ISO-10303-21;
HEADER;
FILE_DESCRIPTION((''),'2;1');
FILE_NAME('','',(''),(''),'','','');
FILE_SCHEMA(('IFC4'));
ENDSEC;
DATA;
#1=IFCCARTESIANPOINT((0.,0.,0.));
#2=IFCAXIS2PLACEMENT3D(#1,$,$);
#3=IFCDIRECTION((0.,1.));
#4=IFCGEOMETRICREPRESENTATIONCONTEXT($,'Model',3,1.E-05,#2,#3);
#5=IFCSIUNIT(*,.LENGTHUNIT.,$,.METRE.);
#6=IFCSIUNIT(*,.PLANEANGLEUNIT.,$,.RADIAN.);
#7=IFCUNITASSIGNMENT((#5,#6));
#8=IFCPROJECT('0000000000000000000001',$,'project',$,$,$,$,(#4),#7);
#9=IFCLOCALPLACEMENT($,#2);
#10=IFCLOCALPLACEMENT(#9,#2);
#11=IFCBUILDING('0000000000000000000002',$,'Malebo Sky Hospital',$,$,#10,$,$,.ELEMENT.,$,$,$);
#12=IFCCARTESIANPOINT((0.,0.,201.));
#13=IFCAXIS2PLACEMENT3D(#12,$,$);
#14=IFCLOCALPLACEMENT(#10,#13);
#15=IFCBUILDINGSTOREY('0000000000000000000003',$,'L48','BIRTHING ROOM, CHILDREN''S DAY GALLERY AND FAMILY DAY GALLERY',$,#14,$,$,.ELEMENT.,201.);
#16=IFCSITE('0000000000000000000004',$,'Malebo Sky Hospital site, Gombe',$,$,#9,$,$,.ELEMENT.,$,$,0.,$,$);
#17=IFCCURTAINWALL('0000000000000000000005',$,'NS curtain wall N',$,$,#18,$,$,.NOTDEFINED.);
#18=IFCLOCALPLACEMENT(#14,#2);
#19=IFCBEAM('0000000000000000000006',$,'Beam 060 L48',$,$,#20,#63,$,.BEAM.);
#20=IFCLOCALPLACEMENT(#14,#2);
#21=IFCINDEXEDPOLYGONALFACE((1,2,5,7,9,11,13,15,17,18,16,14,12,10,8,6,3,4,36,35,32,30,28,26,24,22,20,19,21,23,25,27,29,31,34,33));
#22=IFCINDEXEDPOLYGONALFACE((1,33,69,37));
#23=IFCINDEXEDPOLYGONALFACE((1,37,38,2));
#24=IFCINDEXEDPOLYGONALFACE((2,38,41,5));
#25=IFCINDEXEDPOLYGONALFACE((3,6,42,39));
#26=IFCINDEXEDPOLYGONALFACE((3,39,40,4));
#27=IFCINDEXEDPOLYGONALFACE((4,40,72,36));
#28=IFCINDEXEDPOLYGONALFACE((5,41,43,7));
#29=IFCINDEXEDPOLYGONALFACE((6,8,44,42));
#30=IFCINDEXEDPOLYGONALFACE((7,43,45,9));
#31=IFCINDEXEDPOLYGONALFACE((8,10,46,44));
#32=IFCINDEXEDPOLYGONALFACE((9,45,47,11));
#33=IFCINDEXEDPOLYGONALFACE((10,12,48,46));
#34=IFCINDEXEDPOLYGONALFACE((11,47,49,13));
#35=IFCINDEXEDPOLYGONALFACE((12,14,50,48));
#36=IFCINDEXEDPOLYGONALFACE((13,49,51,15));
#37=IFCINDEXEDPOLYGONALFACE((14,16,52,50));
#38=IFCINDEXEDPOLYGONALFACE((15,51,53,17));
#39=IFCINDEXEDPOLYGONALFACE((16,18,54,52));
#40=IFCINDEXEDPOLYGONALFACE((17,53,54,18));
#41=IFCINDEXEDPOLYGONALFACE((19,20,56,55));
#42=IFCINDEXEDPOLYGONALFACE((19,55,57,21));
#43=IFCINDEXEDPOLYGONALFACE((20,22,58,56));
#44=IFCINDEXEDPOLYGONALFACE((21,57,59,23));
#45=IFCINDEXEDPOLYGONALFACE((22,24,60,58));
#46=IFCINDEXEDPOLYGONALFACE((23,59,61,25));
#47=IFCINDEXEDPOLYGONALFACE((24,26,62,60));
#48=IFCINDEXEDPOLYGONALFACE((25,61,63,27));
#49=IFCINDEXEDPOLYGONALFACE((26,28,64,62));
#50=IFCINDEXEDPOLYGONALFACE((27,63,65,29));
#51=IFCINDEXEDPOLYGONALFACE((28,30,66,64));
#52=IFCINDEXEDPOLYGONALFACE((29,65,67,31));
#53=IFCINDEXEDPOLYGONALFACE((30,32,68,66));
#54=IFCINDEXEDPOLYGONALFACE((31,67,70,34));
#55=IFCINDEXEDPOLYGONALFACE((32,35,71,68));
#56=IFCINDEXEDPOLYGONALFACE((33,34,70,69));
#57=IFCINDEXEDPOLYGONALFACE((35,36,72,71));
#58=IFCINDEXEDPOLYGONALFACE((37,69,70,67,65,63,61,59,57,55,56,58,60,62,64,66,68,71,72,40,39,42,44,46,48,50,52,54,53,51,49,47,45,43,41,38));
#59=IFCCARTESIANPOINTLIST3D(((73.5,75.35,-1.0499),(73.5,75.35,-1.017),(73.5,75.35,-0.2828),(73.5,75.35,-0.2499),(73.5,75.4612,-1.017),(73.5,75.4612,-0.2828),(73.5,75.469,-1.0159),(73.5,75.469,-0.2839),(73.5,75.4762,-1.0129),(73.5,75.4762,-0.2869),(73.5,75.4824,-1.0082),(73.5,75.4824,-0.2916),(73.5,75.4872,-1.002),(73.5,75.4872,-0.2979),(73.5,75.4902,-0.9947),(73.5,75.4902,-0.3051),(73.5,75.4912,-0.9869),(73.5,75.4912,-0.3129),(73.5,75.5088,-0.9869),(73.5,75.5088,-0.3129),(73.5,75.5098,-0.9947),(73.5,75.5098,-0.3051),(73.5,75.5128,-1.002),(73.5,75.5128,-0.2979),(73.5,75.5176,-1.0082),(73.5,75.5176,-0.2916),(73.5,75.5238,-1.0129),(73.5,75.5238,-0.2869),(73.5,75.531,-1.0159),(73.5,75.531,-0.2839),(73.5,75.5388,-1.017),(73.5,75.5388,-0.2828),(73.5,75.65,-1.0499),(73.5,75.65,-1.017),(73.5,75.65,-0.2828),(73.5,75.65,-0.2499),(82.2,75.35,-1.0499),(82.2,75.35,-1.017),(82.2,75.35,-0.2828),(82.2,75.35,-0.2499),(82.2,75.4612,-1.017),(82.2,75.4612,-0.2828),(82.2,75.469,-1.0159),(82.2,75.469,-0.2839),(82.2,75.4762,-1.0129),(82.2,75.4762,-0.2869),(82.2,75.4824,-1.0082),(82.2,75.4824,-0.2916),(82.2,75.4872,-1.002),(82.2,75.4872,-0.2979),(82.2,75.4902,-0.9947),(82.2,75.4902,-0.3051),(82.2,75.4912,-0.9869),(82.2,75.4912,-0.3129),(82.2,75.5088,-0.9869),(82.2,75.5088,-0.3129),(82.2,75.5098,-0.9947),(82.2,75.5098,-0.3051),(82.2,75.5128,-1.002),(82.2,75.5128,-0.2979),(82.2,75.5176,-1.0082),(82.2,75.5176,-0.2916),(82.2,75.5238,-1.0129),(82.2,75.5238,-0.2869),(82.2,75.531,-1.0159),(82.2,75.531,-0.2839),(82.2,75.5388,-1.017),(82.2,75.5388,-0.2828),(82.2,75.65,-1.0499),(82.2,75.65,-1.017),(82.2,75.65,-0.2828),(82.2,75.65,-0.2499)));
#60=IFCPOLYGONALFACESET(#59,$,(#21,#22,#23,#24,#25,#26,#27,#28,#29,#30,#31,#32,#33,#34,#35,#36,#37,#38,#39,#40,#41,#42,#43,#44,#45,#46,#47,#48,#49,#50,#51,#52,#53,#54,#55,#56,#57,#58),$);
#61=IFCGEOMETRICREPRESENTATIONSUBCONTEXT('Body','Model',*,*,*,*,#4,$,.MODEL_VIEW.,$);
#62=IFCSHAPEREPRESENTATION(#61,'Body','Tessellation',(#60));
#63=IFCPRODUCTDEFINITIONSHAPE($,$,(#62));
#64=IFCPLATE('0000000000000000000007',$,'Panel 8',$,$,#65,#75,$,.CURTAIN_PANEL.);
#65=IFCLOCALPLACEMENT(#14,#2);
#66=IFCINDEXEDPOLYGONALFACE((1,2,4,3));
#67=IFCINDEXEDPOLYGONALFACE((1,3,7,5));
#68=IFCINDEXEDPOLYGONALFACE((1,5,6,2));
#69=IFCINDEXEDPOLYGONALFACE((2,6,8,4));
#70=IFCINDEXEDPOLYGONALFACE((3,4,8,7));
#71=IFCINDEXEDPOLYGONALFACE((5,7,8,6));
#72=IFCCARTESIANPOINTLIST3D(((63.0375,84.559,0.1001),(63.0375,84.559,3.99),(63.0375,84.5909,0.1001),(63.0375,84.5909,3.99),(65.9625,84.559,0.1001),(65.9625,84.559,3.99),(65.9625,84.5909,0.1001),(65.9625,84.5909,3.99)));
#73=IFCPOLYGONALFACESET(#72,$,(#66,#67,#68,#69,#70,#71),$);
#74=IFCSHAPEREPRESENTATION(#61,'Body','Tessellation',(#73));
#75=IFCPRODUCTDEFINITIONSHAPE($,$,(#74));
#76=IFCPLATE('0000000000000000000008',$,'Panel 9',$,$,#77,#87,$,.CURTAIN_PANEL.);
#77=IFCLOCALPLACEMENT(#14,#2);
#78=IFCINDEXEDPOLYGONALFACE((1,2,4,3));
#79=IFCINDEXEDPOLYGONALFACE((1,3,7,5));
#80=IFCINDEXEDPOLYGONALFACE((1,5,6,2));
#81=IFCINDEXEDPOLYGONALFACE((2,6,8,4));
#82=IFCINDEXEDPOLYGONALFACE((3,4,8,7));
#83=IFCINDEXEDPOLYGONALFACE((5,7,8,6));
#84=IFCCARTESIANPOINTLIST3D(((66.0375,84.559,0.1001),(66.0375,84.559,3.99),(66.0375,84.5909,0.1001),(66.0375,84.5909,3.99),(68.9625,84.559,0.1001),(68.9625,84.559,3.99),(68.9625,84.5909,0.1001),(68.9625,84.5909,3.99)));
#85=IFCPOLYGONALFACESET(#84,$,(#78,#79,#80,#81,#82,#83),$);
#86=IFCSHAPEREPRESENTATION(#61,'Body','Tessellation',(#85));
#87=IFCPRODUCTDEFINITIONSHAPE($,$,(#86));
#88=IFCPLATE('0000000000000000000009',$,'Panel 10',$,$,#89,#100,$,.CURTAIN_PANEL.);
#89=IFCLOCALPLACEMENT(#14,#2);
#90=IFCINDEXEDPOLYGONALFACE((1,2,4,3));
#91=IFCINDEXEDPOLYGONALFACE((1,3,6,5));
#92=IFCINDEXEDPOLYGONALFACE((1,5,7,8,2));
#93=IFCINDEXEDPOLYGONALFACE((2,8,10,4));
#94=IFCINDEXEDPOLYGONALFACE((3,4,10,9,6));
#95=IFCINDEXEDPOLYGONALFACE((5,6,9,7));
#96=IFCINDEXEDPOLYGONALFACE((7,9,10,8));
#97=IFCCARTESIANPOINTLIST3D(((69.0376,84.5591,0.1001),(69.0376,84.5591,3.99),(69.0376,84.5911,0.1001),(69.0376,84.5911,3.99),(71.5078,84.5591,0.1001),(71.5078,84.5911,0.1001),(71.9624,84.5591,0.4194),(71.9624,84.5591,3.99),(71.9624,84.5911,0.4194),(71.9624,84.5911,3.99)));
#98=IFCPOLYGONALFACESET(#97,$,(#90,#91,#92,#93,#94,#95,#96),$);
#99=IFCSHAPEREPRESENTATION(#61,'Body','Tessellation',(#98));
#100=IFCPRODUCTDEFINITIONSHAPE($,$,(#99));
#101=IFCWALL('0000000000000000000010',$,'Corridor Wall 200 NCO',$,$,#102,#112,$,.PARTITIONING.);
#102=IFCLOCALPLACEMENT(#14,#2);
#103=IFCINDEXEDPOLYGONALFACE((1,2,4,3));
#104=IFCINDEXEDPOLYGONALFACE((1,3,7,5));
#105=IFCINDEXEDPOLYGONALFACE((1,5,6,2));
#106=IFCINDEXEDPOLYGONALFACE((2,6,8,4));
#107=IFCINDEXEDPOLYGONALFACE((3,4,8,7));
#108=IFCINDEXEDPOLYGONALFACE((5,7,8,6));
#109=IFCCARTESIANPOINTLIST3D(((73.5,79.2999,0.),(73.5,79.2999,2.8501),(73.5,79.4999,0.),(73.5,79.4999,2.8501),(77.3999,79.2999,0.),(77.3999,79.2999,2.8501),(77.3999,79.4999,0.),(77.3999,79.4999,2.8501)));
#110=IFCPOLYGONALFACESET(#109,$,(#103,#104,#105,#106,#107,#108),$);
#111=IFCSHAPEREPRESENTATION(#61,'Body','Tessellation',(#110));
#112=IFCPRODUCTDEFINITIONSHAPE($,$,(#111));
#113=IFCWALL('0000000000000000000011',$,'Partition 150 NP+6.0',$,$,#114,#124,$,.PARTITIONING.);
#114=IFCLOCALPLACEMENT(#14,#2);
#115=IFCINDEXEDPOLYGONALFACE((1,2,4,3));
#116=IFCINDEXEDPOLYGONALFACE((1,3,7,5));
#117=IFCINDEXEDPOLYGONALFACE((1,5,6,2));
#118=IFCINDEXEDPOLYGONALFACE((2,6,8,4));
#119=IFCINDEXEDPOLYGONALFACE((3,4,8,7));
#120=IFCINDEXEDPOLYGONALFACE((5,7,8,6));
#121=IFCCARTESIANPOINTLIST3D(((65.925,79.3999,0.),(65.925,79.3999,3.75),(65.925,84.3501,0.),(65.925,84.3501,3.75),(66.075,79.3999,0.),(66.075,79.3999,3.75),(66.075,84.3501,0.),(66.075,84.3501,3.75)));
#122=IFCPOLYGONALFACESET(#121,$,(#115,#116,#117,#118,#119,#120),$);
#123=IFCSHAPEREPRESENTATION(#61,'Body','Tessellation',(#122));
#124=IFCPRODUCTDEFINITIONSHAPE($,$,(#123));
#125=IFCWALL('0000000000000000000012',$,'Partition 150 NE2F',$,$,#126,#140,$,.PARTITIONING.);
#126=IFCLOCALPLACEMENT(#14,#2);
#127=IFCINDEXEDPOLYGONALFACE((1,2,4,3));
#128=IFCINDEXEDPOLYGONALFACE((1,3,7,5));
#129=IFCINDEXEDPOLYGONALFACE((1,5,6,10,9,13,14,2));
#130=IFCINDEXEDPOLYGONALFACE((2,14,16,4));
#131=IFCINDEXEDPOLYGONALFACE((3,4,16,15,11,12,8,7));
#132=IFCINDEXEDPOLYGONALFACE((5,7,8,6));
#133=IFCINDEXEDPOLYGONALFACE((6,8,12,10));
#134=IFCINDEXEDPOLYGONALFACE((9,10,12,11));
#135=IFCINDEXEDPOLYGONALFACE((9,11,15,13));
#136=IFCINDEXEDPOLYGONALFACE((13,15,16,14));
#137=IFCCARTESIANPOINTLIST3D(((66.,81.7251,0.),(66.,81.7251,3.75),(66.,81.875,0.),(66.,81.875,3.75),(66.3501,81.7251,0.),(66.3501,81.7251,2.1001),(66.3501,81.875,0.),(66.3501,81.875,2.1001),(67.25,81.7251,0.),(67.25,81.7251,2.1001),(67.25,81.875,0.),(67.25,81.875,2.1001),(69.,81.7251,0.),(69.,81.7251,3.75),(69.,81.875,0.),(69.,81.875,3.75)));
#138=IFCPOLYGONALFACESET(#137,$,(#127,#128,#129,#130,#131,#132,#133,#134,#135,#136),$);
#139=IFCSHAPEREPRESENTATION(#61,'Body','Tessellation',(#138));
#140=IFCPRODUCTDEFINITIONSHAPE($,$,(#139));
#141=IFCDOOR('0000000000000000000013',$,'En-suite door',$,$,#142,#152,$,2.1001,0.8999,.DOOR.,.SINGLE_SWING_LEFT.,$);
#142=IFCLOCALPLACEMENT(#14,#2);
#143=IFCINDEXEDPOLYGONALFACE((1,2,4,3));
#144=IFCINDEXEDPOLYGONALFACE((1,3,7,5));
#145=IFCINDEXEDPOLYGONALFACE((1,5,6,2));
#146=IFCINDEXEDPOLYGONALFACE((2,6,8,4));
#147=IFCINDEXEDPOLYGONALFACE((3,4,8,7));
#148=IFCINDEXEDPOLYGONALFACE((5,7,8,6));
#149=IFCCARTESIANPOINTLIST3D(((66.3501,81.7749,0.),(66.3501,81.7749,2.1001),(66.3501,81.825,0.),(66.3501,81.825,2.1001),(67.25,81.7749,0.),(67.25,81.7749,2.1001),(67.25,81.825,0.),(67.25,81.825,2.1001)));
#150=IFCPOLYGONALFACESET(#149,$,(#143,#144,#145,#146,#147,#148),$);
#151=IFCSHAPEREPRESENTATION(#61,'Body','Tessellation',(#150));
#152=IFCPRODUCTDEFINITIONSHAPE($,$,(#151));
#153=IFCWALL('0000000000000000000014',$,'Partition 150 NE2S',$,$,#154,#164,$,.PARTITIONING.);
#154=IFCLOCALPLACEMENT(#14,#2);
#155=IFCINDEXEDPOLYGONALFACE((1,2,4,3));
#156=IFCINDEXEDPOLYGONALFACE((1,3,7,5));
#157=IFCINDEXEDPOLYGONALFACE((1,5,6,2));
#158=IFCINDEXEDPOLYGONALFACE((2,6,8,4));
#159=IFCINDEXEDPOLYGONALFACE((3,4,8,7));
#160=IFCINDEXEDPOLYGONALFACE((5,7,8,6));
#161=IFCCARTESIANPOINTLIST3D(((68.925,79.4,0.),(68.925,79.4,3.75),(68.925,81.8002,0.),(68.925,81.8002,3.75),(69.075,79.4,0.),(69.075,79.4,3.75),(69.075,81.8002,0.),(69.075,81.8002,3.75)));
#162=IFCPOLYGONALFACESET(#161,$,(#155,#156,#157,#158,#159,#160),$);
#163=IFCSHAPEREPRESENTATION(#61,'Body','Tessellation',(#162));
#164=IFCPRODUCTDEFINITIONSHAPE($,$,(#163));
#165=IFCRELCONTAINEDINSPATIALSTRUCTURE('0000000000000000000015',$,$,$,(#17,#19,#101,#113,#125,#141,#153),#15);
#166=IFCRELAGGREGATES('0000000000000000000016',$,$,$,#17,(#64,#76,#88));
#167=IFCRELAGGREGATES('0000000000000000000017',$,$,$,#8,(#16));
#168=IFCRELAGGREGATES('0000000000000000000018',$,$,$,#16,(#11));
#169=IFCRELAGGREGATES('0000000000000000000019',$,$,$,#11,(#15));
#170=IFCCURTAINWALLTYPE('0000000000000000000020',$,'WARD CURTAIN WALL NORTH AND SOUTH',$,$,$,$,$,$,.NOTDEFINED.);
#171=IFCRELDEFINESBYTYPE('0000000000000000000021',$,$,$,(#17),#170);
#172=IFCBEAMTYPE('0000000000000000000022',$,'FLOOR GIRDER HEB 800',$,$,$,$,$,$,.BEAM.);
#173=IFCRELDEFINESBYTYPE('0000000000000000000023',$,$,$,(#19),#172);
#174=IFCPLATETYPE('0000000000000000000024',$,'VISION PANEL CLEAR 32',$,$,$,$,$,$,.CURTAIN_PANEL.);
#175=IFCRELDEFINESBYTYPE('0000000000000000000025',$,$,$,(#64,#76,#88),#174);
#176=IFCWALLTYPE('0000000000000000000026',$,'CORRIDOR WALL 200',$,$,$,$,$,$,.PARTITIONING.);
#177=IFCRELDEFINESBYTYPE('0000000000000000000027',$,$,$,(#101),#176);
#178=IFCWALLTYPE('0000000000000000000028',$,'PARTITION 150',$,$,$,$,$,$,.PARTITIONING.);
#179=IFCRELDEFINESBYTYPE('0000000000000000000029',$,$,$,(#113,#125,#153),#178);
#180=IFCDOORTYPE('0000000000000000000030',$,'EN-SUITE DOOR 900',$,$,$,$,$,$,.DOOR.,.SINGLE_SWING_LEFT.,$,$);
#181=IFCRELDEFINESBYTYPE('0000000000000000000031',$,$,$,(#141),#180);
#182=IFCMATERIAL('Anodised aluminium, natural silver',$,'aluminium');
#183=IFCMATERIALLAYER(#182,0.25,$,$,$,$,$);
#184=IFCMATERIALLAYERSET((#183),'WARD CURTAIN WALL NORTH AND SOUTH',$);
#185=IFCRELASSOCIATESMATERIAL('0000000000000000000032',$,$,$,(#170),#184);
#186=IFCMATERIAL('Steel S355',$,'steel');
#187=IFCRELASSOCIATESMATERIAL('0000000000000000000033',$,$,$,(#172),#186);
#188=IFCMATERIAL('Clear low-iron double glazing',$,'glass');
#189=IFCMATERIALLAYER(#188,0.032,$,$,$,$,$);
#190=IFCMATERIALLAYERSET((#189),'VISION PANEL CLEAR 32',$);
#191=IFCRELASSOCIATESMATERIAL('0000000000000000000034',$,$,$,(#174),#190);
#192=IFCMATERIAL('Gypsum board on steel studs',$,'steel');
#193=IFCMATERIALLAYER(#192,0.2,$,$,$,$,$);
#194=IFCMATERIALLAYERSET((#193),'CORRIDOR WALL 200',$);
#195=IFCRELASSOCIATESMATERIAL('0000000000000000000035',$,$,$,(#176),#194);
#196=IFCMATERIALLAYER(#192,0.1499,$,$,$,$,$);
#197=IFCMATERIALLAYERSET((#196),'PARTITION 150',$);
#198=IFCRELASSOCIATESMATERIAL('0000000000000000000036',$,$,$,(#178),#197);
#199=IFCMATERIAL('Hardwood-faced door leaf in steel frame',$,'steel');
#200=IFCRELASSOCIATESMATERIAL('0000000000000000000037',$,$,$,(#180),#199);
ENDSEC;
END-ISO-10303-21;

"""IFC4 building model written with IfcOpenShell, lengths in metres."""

from ifc_helpers import new_model, si_unit, direction, frame, frame_2d, origin, origin_2d, place, context, subcontext, project, spatial, polyline, rectangle, i_section, outline, extrude, material, layer, layer_set, material_profile, profile_set, type_object, element, fill, aggregate, save


model = new_model("IFC4")

# Units and contexts
model_context = context("Model", 3, precision=1e-05, world=origin(), true_north=direction((0.0, 1.0)))
body_context = subcontext(model_context, "Body", "Model", "MODEL_VIEW")
ifc_project = project(units=[si_unit("LENGTHUNIT", "METRE"), si_unit("PLANEANGLEUNIT", "RADIAN")], contexts=[model_context])

# Site, building, storey
site_placement = place(None, origin())
site = spatial("IfcSite", under=ifc_project, at=site_placement, Name="Malebo Sky Hospital site, Gombe", CompositionType="ELEMENT", RefElevation=0.0)
building_placement = place(site_placement, origin())
building = spatial("IfcBuilding", under=site, at=building_placement, Name="Malebo Sky Hospital", CompositionType="ELEMENT")
storey_placement = place(building_placement, frame((0.0, 0.0, 201.0)))
storey = spatial("IfcBuildingStorey", under=building, at=storey_placement, Name="L48", Description="BIRTHING ROOM, CHILDREN'S DAY GALLERY AND FAMILY DAY GALLERY", CompositionType="ELEMENT", Elevation=201.0)

# Curtain wall
ifc_material_1 = material(Name="Anodised aluminium, natural silver", Category="aluminium")
ifc_layer_1 = layer(ifc_material_1, 0.25)
ifc_layer_set_1 = layer_set([ifc_layer_1], Name="WARD CURTAIN WALL NORTH AND SOUTH")
curtain_wall_type = type_object("IfcCurtainWallType", Name="WARD CURTAIN WALL NORTH AND SOUTH", PredefinedType="NOTDEFINED", material=ifc_layer_set_1)
curtain_wall_placement = place(storey_placement, origin())
curtain_wall = element("IfcCurtainWall", 1, at=curtain_wall_placement, inside=storey, type_object=curtain_wall_type, Name="NS curtain wall N", PredefinedType="NOTDEFINED")

# Shared definitions
ifc_material_2 = material(Name="Steel S355", Category="steel")

# Beam
ifc_material_profile_1 = material_profile(ifc_material_2, i_section(OverallWidth=0.3, OverallDepth=0.8, WebThickness=0.0176, FlangeThickness=0.033, FilletRadius=0.03, at=origin_2d()), Name="HEB 800")
ifc_profile_set_1 = profile_set([ifc_material_profile_1], Name="Steel S355")
beam_type_1 = type_object("IfcBeamType", Name="FLOOR GIRDER HEB 800", PredefinedType="BEAM", material=ifc_profile_set_1)
for number, where, z_axis, x_axis, name in (
    (2, (73.5, 75.5, -0.6499), (1.0, 0.0, 0.0), (0.0, 1.0, 0.0), "Beam 060 L48"),
):
    element("IfcBeam", number, at=place(storey_placement, frame(where, z_axis=z_axis, x_axis=x_axis)), inside=storey, type_object=beam_type_1, Name=name, PredefinedType="BEAM", context=body_context, shape_type="SweptSolid", body=[
        extrude(i_section(OverallWidth=0.3, OverallDepth=0.8, WebThickness=0.0176, FlangeThickness=0.033, FilletRadius=0.03, at=origin_2d()), origin(), (0.0, 0.0, 1.0), 8.7),
    ])

# Plates
ifc_material_3 = material(Name="Clear low-iron double glazing", Category="glass")
ifc_layer_2 = layer(ifc_material_3, 0.032)
ifc_layer_set_2 = layer_set([ifc_layer_2], Name="VISION PANEL CLEAR 32")
plate_type = type_object("IfcPlateType", Name="VISION PANEL CLEAR 32", PredefinedType="CURTAIN_PANEL", material=ifc_layer_set_2)
plate_1_placement = place(storey_placement, frame((64.5, 84.575, 0.1001), z_axis=(0.0, 0.0, 1.0), x_axis=(1.0, 0.0, 0.0)))
plate_1 = element("IfcPlate", 3, at=plate_1_placement, type_object=plate_type, Name="Panel 8", PredefinedType="CURTAIN_PANEL", context=body_context, shape_type="SweptSolid", body=[
    extrude(rectangle(XDim=2.925, YDim=0.032, at=origin_2d()), origin(), (0.0, 0.0, 1.0), 3.8899),
])
plate_2_placement = place(storey_placement, frame((67.5, 84.575, 0.1001), z_axis=(0.0, 0.0, 1.0), x_axis=(1.0, 0.0, 0.0)))
plate_2 = element("IfcPlate", 4, at=plate_2_placement, type_object=plate_type, Name="Panel 9", PredefinedType="CURTAIN_PANEL", context=body_context, shape_type="SweptSolid", body=[
    extrude(rectangle(XDim=2.925, YDim=0.032, at=origin_2d()), origin(), (0.0, 0.0, 1.0), 3.8899),
])
plate_3_placement = place(storey_placement, frame((70.5, 84.575, 0.1001), z_axis=(0.0, 0.0, 1.0), x_axis=(1.0, 0.0, 0.0)))
plate_3 = element("IfcPlate", 5, at=plate_3_placement, type_object=plate_type, Name="Panel 10", PredefinedType="CURTAIN_PANEL", context=body_context, shape_type="SweptSolid", body=[
    extrude(outline(polyline([(-1.4624, 0.0), (1.0078, 0.0), (1.4624, 0.3193), (1.4624, 3.8899), (-1.4624, 3.8899), (-1.4624, 0.0)])), frame((0.0, 0.0161, 0.0), z_axis=(0.0, -1.0, 0.0), x_axis=(1.0, 0.0, 0.0)), (0.0, 0.0, 1.0), 0.032),
])
aggregate(curtain_wall, [plate_1, plate_2, plate_3])

# Walls
ifc_material_4 = material(Name="Gypsum board on steel studs", Category="steel")
ifc_layer_3 = layer(ifc_material_4, 0.2)
ifc_layer_set_3 = layer_set([ifc_layer_3], Name="CORRIDOR WALL 200")
wall_type_1 = type_object("IfcWallType", Name="CORRIDOR WALL 200", PredefinedType="PARTITIONING", material=ifc_layer_set_3)
wall_1_placement = place(storey_placement, frame((73.5, 79.3999, 0.0), z_axis=(0.0, 0.0, 1.0), x_axis=(1.0, 0.0, 0.0)))
element("IfcWall", 6, at=wall_1_placement, inside=storey, type_object=wall_type_1, Name="Corridor Wall 200 NCO", PredefinedType="PARTITIONING", context=body_context, shape_type="SweptSolid", body=[
    extrude(rectangle(XDim=3.8999, YDim=0.2, at=frame_2d((1.95, 0.0))), origin(), (0.0, 0.0, 1.0), 2.8501),
])
ifc_layer_4 = layer(ifc_material_4, 0.1499)
ifc_layer_set_4 = layer_set([ifc_layer_4], Name="PARTITION 150")
wall_type_2 = type_object("IfcWallType", Name="PARTITION 150", PredefinedType="PARTITIONING", material=ifc_layer_set_4)
wall_2_placement = place(storey_placement, frame((66.0, 79.3999, 0.0), z_axis=(0.0, 0.0, 1.0), x_axis=(0.0, 1.0, 0.0)))
element("IfcWall", 7, at=wall_2_placement, inside=storey, type_object=wall_type_2, Name="Partition 150 NP+6.0", PredefinedType="PARTITIONING", context=body_context, shape_type="SweptSolid", body=[
    extrude(rectangle(XDim=4.9502, YDim=0.1499, at=frame_2d((2.4751, 0.0))), origin(), (0.0, 0.0, 1.0), 3.75),
])

# Wall, opening, door
wall_3_placement = place(storey_placement, frame((66.0, 81.8, 0.0), z_axis=(0.0, 0.0, 1.0), x_axis=(1.0, 0.0, 0.0)))
wall_3 = element("IfcWall", 8, at=wall_3_placement, inside=storey, type_object=wall_type_2, Name="Partition 150 NE2F", PredefinedType="PARTITIONING", context=body_context, shape_type="SweptSolid", body=[
    extrude(rectangle(XDim=3.0, YDim=0.1499, at=frame_2d((1.5, 0.0))), origin(), (0.0, 0.0, 1.0), 3.75),
])
opening_1_placement = place(wall_3_placement, frame((0.3501, 0.0, 0.0)))
opening_1 = element("IfcOpeningElement", 9, at=opening_1_placement, cuts=wall_3, PredefinedType="OPENING", context=body_context, shape_type="SweptSolid", body=[
    extrude(rectangle(XDim=0.8999, YDim=2.1001, at=frame_2d((0.45, 1.05))), frame((0.0, 0.085, 0.0), z_axis=(0.0, -1.0, 0.0), x_axis=(1.0, 0.0, 0.0)), (0.0, 0.0, 1.0), 0.1699),
])
ifc_material_5 = material(Name="Hardwood-faced door leaf in steel frame", Category="steel")
door_type_1 = type_object("IfcDoorType", Name="EN-SUITE DOOR 900", OperationType="SINGLE_SWING_LEFT", PredefinedType="DOOR", material=ifc_material_5)
door_1_placement = place(opening_1_placement, origin())
door_1 = element("IfcDoor", 10, at=door_1_placement, inside=storey, type_object=door_type_1, Name="En-suite door", OperationType="SINGLE_SWING_LEFT", OverallHeight=2.1001, OverallWidth=0.8999, PredefinedType="DOOR", context=body_context, shape_type="SweptSolid", body=[
    extrude(rectangle(XDim=0.8999, YDim=2.1001, at=frame_2d((0.45, 1.05))), frame((0.0, 0.0249, 0.0), z_axis=(0.0, -1.0, 0.0), x_axis=(1.0, 0.0, 0.0)), (0.0, 0.0, 1.0), 0.05),
])
fill(opening_1, door_1)

# Wall
wall_4_placement = place(storey_placement, frame((69.0, 79.3999, 0.0), z_axis=(0.0, 0.0, 1.0), x_axis=(0.0, 1.0, 0.0)))
element("IfcWall", 11, at=wall_4_placement, inside=storey, type_object=wall_type_2, Name="Partition 150 NE2S", PredefinedType="PARTITIONING", context=body_context, shape_type="SweptSolid", body=[
    extrude(rectangle(XDim=2.4001, YDim=0.1499, at=frame_2d((1.2002, 0.0))), origin(), (0.0, 0.0, 1.0), 3.75),
])

save(model, "model.ifc")
